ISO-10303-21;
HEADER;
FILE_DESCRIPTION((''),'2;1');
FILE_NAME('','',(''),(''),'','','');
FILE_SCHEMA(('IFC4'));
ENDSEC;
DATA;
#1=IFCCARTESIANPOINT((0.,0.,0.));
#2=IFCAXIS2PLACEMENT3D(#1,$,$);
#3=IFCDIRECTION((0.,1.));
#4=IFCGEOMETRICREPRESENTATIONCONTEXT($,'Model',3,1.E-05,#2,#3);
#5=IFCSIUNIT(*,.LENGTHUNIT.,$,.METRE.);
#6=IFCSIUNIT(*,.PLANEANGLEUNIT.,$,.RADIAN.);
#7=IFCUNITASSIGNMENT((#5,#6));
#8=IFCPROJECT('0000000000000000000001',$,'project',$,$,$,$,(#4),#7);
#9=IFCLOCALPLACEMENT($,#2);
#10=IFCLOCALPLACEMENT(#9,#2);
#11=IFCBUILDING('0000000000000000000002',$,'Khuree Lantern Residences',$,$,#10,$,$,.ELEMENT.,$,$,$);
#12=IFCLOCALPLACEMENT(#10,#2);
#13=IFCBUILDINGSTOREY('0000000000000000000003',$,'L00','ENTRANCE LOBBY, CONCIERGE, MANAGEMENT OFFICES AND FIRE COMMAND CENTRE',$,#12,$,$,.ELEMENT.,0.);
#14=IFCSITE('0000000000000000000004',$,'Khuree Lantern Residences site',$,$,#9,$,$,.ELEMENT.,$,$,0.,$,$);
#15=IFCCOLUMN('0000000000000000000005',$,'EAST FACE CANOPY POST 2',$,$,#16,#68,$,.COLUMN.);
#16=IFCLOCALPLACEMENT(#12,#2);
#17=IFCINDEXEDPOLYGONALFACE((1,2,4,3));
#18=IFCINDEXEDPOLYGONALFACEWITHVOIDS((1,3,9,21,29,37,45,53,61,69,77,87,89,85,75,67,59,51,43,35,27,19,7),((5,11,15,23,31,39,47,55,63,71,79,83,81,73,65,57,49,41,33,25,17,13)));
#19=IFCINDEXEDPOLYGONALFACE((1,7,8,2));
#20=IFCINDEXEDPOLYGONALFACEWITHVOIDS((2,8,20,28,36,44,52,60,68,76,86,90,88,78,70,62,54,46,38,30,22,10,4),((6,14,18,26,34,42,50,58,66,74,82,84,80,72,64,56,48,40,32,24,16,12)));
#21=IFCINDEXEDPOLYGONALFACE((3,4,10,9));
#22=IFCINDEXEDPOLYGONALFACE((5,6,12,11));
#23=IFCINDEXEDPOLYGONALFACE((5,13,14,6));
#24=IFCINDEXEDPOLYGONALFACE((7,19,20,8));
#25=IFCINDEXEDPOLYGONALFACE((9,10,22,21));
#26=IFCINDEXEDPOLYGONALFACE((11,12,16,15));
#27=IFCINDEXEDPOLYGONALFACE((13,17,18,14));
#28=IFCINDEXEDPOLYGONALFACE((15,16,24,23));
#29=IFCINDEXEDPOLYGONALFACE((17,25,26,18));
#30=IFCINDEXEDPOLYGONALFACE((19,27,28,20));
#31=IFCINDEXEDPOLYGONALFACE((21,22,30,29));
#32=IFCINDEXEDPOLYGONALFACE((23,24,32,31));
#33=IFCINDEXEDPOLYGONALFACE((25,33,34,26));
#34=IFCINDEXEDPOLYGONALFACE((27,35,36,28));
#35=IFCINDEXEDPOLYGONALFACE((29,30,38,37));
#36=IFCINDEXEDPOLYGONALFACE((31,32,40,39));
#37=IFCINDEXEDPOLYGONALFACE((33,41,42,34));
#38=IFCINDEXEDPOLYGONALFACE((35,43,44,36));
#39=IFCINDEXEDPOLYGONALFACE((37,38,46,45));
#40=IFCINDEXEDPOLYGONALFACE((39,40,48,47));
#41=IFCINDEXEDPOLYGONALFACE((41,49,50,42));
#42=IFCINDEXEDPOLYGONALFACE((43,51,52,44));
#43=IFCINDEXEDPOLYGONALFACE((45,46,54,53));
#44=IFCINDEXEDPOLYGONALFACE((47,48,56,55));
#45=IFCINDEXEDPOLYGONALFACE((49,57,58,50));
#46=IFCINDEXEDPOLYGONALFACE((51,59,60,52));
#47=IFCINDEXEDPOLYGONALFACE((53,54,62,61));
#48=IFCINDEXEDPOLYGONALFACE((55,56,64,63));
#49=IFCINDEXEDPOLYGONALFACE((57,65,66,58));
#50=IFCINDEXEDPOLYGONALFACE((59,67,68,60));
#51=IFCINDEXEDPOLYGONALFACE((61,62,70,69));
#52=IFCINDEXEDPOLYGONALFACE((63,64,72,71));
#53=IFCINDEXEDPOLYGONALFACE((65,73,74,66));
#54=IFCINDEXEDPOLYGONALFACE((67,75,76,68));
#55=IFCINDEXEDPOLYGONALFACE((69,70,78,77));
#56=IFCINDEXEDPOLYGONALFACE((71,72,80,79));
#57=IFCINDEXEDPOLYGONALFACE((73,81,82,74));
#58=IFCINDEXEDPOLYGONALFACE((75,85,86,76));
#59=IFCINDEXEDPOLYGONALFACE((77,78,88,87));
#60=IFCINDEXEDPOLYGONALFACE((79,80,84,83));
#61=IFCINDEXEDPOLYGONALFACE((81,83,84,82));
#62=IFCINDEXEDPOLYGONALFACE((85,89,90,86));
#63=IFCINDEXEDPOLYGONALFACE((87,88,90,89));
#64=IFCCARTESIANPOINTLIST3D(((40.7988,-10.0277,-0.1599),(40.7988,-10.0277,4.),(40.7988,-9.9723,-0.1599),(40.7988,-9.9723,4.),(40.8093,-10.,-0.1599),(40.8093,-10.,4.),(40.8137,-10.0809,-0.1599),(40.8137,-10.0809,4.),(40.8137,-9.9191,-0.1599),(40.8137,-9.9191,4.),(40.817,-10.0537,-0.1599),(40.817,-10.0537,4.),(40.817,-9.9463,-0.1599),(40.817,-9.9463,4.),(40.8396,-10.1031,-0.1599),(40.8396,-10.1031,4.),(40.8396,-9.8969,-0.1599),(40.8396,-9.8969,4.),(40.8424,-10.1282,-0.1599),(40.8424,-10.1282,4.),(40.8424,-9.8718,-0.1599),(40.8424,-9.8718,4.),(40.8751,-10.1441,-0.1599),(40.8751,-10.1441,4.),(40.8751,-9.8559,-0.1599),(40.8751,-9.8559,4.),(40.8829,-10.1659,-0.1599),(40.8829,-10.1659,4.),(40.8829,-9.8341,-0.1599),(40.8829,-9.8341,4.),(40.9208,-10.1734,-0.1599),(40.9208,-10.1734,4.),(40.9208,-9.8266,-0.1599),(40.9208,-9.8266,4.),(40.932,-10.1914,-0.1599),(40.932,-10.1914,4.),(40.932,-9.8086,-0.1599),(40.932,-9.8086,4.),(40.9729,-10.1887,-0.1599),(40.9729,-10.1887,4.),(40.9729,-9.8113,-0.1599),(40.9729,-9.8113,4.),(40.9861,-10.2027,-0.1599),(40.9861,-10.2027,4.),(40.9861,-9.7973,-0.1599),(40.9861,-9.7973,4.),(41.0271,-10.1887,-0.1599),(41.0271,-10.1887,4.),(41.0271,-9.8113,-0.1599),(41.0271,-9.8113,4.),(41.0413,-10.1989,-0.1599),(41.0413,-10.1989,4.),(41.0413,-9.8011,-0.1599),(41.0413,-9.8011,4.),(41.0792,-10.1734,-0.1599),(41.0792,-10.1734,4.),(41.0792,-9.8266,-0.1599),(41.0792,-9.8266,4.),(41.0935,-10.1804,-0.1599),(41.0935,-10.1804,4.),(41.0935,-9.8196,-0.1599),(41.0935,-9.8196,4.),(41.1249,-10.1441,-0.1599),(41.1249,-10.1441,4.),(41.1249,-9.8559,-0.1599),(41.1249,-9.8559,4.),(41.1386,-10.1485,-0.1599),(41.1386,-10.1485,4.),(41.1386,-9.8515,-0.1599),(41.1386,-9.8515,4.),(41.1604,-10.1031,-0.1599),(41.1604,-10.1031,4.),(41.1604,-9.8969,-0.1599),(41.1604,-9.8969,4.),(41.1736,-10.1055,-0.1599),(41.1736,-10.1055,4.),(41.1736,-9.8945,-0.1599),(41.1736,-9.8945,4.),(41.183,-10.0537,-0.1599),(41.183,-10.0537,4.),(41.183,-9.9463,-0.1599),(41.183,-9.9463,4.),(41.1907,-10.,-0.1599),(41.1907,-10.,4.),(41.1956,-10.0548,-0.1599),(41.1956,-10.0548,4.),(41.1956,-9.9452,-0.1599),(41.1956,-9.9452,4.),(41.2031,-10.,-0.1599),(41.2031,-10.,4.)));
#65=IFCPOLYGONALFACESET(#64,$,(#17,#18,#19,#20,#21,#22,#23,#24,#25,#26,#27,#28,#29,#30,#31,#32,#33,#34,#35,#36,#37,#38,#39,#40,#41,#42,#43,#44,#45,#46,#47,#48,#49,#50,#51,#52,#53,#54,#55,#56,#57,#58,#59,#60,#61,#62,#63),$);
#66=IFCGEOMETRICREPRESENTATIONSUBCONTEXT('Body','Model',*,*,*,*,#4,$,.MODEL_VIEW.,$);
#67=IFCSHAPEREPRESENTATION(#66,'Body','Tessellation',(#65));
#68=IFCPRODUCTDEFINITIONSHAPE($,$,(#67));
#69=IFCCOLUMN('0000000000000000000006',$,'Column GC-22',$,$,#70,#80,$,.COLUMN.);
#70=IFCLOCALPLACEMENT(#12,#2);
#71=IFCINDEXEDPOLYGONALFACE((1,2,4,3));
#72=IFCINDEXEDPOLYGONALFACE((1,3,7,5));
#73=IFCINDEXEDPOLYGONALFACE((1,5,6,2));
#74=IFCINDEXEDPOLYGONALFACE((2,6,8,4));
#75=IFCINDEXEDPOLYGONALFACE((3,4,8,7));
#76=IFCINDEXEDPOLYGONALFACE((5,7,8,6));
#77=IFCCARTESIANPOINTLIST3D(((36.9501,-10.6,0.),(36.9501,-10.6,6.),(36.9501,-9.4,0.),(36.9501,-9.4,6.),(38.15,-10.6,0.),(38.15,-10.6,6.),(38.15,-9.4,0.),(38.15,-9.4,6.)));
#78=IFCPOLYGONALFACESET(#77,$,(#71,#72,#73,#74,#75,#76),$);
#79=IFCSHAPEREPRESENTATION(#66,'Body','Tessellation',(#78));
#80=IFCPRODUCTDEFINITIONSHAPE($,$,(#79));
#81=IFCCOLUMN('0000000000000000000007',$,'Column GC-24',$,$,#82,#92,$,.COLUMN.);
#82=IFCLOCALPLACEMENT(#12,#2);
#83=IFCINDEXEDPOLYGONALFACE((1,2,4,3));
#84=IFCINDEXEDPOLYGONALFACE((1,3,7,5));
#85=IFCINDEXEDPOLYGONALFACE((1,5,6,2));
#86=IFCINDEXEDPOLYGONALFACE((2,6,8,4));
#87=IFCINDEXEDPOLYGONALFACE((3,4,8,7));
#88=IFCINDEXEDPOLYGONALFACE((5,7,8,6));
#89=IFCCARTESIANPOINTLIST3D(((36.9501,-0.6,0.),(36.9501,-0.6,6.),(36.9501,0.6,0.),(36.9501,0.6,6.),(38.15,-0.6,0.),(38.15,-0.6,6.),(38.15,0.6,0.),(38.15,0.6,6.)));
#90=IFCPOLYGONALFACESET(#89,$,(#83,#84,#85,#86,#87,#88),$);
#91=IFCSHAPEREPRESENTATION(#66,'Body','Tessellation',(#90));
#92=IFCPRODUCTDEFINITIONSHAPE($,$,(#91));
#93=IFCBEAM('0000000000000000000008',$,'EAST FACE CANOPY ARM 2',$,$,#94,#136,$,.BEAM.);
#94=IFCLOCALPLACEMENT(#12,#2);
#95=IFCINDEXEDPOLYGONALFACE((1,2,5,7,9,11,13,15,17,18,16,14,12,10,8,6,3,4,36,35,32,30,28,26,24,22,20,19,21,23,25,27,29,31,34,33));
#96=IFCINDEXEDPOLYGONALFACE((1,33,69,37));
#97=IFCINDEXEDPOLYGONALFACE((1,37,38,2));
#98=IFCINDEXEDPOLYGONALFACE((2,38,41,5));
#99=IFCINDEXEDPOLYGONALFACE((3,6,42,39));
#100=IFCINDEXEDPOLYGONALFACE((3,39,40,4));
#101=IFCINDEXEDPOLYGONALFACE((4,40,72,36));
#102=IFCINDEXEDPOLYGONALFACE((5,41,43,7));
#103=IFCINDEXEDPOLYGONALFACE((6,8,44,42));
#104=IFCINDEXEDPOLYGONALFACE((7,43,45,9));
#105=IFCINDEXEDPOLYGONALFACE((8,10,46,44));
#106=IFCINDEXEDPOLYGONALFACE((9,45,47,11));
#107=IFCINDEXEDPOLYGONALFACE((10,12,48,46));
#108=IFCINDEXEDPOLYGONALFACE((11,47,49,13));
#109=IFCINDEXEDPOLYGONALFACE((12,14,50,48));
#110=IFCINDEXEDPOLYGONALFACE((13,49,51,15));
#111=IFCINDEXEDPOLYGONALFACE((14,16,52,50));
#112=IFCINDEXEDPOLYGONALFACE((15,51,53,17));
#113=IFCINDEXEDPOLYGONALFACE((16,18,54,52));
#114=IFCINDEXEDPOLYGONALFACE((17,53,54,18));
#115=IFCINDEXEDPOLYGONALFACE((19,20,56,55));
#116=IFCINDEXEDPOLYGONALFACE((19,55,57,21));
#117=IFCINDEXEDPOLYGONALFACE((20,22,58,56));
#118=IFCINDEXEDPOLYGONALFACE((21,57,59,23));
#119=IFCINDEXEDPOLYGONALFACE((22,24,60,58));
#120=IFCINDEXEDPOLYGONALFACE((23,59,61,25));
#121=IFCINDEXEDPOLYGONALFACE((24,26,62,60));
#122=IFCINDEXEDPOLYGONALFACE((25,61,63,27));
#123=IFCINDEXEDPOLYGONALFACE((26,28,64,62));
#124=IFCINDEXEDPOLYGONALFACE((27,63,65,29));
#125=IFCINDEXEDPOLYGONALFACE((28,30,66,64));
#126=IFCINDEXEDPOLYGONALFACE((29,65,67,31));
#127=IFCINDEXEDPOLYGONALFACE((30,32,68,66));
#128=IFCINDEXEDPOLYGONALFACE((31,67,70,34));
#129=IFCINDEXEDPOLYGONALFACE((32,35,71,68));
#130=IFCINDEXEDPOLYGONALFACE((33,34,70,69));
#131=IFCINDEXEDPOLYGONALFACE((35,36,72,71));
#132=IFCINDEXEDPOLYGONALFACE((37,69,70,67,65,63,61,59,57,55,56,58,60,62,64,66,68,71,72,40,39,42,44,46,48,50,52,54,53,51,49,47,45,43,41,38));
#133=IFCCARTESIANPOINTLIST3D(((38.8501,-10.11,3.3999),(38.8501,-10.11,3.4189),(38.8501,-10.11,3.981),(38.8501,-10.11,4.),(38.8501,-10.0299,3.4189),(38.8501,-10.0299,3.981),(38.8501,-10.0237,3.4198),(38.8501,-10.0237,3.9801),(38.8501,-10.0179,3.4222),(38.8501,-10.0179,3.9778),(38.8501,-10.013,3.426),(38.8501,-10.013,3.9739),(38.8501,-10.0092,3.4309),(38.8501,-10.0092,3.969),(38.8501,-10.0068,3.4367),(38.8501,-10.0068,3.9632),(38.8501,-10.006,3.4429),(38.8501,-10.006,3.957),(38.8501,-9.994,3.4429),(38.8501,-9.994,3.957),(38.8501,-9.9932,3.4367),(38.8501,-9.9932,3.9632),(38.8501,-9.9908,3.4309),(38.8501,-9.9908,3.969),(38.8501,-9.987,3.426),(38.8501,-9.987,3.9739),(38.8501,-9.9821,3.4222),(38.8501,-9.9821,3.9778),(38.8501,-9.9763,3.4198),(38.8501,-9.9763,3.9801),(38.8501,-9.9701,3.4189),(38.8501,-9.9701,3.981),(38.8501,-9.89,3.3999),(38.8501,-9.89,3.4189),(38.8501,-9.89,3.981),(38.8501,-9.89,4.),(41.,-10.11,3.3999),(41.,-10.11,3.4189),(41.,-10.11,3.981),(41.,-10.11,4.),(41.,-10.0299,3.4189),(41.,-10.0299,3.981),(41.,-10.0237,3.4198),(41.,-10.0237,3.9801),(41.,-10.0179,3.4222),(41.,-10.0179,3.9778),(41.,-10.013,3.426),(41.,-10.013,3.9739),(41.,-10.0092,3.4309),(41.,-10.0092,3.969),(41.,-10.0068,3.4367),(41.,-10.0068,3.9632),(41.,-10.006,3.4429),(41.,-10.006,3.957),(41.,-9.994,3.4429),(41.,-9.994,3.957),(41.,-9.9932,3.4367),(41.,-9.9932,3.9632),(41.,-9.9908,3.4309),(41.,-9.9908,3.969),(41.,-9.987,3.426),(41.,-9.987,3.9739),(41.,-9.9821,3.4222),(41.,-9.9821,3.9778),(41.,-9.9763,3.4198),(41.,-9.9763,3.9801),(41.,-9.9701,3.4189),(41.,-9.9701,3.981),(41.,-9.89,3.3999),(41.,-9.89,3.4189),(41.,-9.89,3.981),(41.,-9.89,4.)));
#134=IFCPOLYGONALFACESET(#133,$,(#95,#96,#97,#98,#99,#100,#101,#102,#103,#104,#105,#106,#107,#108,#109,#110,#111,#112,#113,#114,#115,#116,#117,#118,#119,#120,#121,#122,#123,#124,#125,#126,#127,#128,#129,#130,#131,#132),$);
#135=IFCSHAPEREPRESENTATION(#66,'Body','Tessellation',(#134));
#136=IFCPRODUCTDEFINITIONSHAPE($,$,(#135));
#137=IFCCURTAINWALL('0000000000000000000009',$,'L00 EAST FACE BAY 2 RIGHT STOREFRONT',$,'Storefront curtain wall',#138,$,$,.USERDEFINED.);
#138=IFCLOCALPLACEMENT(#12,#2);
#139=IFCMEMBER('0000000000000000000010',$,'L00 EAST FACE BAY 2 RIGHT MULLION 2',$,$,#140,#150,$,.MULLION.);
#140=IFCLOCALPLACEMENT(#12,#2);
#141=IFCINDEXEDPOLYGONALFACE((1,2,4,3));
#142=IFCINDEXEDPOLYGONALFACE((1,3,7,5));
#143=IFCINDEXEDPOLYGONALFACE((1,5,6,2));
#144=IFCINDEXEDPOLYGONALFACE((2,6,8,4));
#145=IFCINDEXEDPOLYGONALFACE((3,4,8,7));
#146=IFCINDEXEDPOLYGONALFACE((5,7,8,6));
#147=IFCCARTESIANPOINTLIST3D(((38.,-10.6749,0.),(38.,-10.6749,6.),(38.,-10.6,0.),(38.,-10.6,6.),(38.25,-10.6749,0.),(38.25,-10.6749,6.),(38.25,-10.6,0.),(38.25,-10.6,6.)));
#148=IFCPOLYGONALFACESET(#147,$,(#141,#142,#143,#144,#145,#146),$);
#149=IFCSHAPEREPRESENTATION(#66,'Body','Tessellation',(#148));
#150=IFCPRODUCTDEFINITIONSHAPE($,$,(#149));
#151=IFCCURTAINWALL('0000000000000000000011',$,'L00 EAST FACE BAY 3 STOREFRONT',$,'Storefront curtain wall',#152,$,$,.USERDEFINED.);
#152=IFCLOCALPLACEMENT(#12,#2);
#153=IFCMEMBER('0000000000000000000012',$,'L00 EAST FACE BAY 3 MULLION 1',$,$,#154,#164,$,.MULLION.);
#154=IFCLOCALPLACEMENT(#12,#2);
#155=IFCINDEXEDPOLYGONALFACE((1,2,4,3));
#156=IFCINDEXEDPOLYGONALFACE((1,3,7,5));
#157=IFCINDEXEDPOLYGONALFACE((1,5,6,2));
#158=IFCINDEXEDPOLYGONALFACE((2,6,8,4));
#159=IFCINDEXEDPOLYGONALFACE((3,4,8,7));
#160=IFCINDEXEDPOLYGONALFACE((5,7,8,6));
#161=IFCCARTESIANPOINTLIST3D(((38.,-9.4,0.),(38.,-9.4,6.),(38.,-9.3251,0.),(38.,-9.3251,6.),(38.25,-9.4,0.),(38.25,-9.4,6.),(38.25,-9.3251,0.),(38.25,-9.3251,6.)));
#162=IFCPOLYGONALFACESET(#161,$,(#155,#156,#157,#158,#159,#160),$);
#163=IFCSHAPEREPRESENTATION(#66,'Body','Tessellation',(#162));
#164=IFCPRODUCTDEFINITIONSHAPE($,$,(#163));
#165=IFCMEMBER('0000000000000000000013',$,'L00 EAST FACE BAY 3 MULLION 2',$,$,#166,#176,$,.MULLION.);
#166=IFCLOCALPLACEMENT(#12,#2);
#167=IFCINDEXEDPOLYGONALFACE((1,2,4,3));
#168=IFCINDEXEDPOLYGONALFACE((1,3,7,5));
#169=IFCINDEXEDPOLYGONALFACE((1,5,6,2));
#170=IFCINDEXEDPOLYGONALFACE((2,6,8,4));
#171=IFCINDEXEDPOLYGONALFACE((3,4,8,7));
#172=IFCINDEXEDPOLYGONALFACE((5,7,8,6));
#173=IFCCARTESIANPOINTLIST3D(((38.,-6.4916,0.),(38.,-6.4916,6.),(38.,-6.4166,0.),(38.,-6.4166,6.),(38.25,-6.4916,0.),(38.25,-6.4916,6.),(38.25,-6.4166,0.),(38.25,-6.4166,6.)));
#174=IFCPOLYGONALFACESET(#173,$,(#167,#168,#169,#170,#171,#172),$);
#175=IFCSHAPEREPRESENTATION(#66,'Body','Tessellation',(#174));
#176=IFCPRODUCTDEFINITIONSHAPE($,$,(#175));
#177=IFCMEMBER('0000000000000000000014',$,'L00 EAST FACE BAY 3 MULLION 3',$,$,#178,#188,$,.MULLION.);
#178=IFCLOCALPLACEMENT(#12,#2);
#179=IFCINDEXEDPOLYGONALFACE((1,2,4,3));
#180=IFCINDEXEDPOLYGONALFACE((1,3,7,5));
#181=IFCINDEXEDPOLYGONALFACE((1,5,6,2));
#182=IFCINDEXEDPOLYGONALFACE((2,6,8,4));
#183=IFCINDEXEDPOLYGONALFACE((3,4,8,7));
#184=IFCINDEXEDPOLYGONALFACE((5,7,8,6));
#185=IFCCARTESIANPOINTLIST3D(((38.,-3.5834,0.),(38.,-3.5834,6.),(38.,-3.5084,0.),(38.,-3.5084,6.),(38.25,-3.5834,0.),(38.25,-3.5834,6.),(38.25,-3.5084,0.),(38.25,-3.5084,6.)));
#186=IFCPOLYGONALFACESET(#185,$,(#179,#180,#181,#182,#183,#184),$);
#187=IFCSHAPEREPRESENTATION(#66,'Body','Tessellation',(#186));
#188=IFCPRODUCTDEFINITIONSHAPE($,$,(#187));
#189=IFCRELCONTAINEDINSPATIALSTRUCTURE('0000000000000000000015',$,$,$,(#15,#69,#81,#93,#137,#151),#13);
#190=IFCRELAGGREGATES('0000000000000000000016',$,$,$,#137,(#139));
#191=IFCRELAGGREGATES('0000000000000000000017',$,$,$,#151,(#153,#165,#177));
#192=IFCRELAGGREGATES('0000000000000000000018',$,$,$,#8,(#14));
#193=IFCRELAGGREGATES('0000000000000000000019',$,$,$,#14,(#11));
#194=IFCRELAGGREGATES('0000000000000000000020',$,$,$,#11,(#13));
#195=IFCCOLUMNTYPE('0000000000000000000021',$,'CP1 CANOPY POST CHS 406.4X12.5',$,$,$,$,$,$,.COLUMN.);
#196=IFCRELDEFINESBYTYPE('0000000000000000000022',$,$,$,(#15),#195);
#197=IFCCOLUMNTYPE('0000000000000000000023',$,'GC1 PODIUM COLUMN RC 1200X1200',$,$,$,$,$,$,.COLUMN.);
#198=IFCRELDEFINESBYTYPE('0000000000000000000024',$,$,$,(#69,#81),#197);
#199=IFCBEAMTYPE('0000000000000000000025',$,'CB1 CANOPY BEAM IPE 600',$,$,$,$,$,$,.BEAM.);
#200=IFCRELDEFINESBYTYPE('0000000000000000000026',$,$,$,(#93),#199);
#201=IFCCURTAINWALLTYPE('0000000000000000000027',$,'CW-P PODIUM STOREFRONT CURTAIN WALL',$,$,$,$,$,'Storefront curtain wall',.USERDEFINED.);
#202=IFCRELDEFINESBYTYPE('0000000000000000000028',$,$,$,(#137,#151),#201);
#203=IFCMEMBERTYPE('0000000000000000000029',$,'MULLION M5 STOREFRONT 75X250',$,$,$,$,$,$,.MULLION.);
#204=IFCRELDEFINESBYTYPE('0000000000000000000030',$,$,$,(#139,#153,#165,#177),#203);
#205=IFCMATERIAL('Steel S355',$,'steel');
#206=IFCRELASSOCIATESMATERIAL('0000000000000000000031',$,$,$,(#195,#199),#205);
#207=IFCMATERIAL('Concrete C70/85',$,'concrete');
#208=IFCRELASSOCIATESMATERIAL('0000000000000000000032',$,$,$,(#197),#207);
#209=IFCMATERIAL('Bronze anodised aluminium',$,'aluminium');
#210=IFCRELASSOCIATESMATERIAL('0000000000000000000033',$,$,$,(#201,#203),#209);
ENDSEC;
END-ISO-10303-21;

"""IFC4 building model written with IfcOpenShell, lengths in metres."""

from ifc_helpers import new_model, si_unit, direction, frame, origin, origin_2d, place, context, subcontext, project, spatial, rectangle, hollow_circle, i_section, extrude, material, material_profile, profile_set, type_object, element, aggregate, save


model = new_model("IFC4")

# Units and contexts
model_context = context("Model", 3, precision=1e-05, world=origin(), true_north=direction((0.0, 1.0)))
body_context = subcontext(model_context, "Body", "Model", "MODEL_VIEW")
ifc_project = project(units=[si_unit("LENGTHUNIT", "METRE"), si_unit("PLANEANGLEUNIT", "RADIAN")], contexts=[model_context])

# Site, building, storey
site_placement = place(None, origin())
site = spatial("IfcSite", under=ifc_project, at=site_placement, Name="Khuree Lantern Residences site", CompositionType="ELEMENT", RefElevation=0.0)
building_placement = place(site_placement, origin())
building = spatial("IfcBuilding", under=site, at=building_placement, Name="Khuree Lantern Residences", CompositionType="ELEMENT")
storey_placement = place(building_placement, origin())
storey = spatial("IfcBuildingStorey", under=building, at=storey_placement, Name="L00", Description="ENTRANCE LOBBY, CONCIERGE, MANAGEMENT OFFICES AND FIRE COMMAND CENTRE", CompositionType="ELEMENT", Elevation=0.0)

# Columns
ifc_material_1 = material(Name="Steel S355", Category="steel")
ifc_material_profile_1 = material_profile(ifc_material_1, hollow_circle(Radius=0.2031, WallThickness=0.0125, at=origin_2d()), Name="CHS 406.4X12.5")
ifc_profile_set_1 = profile_set([ifc_material_profile_1], Name="Steel S355")
column_type_1 = type_object("IfcColumnType", Name="CP1 CANOPY POST CHS 406.4X12.5", PredefinedType="COLUMN", material=ifc_profile_set_1)
column_placement = place(storey_placement, frame((41.0, -10.0, -0.1599), z_axis=(0.0, 0.0, 1.0), x_axis=(1.0, 0.0, 0.0)))
element("IfcColumn", 1, at=column_placement, inside=storey, type_object=column_type_1, Name="EAST FACE CANOPY POST 2", PredefinedType="COLUMN", context=body_context, shape_type="SweptSolid", body=[
    extrude(hollow_circle(Radius=0.2031, WallThickness=0.0125, at=origin_2d()), origin(), (0.0, 0.0, 1.0), 4.1599),
])
ifc_material_2 = material(Name="Concrete C70/85", Category="concrete")
ifc_material_profile_2 = material_profile(ifc_material_2, rectangle(XDim=1.2, YDim=1.2, at=origin_2d()), Name="RC 1200X1200")
ifc_profile_set_2 = profile_set([ifc_material_profile_2], Name="Concrete C70/85")
column_type_2 = type_object("IfcColumnType", Name="GC1 PODIUM COLUMN RC 1200X1200", PredefinedType="COLUMN", material=ifc_profile_set_2)
for number, where, z_axis, x_axis, name in (
    (2, (37.55, -10.0, 0.0), (0.0, 0.0, 1.0), (1.0, 0.0, 0.0), "Column GC-22"),
    (3, (37.55, 0.0, 0.0), (0.0, 0.0, 1.0), (1.0, 0.0, 0.0), "Column GC-24"),
):
    element("IfcColumn", number, at=place(storey_placement, frame(where, z_axis=z_axis, x_axis=x_axis)), inside=storey, type_object=column_type_2, Name=name, PredefinedType="COLUMN", context=body_context, shape_type="SweptSolid", body=[
        extrude(rectangle(XDim=1.2, YDim=1.2, at=origin_2d()), origin(), (0.0, 0.0, 1.0), 6.0),
    ])

# Beam
ifc_material_profile_3 = material_profile(ifc_material_1, i_section(OverallWidth=0.22, OverallDepth=0.6001, WebThickness=0.012, FlangeThickness=0.019, FilletRadius=0.0239, at=origin_2d()), Name="IPE 600")
ifc_profile_set_3 = profile_set([ifc_material_profile_3], Name="Steel S355")
beam_type_1 = type_object("IfcBeamType", Name="CB1 CANOPY BEAM IPE 600", PredefinedType="BEAM", material=ifc_profile_set_3)
beam_placement = place(storey_placement, frame((41.0, -10.0, 3.7), z_axis=(-1.0, 0.0, 0.0), x_axis=(0.0, -1.0, 0.0)))
element("IfcBeam", 4, at=beam_placement, inside=storey, type_object=beam_type_1, Name="EAST FACE CANOPY ARM 2", PredefinedType="BEAM", context=body_context, shape_type="SweptSolid", body=[
    extrude(i_section(OverallWidth=0.22, OverallDepth=0.6001, WebThickness=0.012, FlangeThickness=0.019, FilletRadius=0.0239, at=origin_2d()), origin(), (0.0, 0.0, 1.0), 2.1499),
])

# Curtain wall, member
ifc_material_3 = material(Name="Bronze anodised aluminium", Category="aluminium")
curtain_wall_type = type_object("IfcCurtainWallType", Name="CW-P PODIUM STOREFRONT CURTAIN WALL", ElementType="Storefront curtain wall", PredefinedType="USERDEFINED", material=ifc_material_3)
curtain_wall_1_placement = place(storey_placement, origin())
curtain_wall_1 = element("IfcCurtainWall", 5, at=curtain_wall_1_placement, inside=storey, type_object=curtain_wall_type, Name="L00 EAST FACE BAY 2 RIGHT STOREFRONT", ObjectType="Storefront curtain wall", PredefinedType="USERDEFINED")
ifc_material_profile_4 = material_profile(ifc_material_3, rectangle(XDim=0.075, YDim=0.25, at=origin_2d()), Name="M5 75X250")
ifc_profile_set_4 = profile_set([ifc_material_profile_4], Name="Bronze anodised aluminium")
member_type_1 = type_object("IfcMemberType", Name="MULLION M5 STOREFRONT 75X250", PredefinedType="MULLION", material=ifc_profile_set_4)
member_1_placement = place(storey_placement, frame((38.125, -10.6375, 0.0), z_axis=(0.0, 0.0, 1.0), x_axis=(0.0, 1.0, 0.0)))
member_1 = element("IfcMember", 6, at=member_1_placement, type_object=member_type_1, Name="L00 EAST FACE BAY 2 RIGHT MULLION 2", PredefinedType="MULLION", context=body_context, shape_type="SweptSolid", body=[
    extrude(rectangle(XDim=0.075, YDim=0.25, at=origin_2d()), origin(), (0.0, 0.0, 1.0), 6.0),
])

# Curtain wall, members
curtain_wall_2_placement = place(storey_placement, origin())
curtain_wall_2 = element("IfcCurtainWall", 7, at=curtain_wall_2_placement, inside=storey, type_object=curtain_wall_type, Name="L00 EAST FACE BAY 3 STOREFRONT", ObjectType="Storefront curtain wall", PredefinedType="USERDEFINED")
member_2_placement = place(storey_placement, frame((38.125, -9.3625, 0.0), z_axis=(0.0, 0.0, 1.0), x_axis=(0.0, 1.0, 0.0)))
member_2 = element("IfcMember", 8, at=member_2_placement, type_object=member_type_1, Name="L00 EAST FACE BAY 3 MULLION 1", PredefinedType="MULLION", context=body_context, shape_type="SweptSolid", body=[
    extrude(rectangle(XDim=0.075, YDim=0.25, at=origin_2d()), origin(), (0.0, 0.0, 1.0), 6.0),
])
member_3_placement = place(storey_placement, frame((38.125, -6.4541, 0.0), z_axis=(0.0, 0.0, 1.0), x_axis=(0.0, 1.0, 0.0)))
member_3 = element("IfcMember", 9, at=member_3_placement, type_object=member_type_1, Name="L00 EAST FACE BAY 3 MULLION 2", PredefinedType="MULLION", context=body_context, shape_type="SweptSolid", body=[
    extrude(rectangle(XDim=0.075, YDim=0.25, at=origin_2d()), origin(), (0.0, 0.0, 1.0), 6.0),
])
member_4_placement = place(storey_placement, frame((38.125, -3.5459, 0.0), z_axis=(0.0, 0.0, 1.0), x_axis=(0.0, 1.0, 0.0)))
member_4 = element("IfcMember", 10, at=member_4_placement, type_object=member_type_1, Name="L00 EAST FACE BAY 3 MULLION 3", PredefinedType="MULLION", context=body_context, shape_type="SweptSolid", body=[
    extrude(rectangle(XDim=0.075, YDim=0.25, at=origin_2d()), origin(), (0.0, 0.0, 1.0), 6.0),
])

aggregate(curtain_wall_1, [member_1])
aggregate(curtain_wall_2, [member_2, member_3, member_4])

save(model, "model.ifc")
